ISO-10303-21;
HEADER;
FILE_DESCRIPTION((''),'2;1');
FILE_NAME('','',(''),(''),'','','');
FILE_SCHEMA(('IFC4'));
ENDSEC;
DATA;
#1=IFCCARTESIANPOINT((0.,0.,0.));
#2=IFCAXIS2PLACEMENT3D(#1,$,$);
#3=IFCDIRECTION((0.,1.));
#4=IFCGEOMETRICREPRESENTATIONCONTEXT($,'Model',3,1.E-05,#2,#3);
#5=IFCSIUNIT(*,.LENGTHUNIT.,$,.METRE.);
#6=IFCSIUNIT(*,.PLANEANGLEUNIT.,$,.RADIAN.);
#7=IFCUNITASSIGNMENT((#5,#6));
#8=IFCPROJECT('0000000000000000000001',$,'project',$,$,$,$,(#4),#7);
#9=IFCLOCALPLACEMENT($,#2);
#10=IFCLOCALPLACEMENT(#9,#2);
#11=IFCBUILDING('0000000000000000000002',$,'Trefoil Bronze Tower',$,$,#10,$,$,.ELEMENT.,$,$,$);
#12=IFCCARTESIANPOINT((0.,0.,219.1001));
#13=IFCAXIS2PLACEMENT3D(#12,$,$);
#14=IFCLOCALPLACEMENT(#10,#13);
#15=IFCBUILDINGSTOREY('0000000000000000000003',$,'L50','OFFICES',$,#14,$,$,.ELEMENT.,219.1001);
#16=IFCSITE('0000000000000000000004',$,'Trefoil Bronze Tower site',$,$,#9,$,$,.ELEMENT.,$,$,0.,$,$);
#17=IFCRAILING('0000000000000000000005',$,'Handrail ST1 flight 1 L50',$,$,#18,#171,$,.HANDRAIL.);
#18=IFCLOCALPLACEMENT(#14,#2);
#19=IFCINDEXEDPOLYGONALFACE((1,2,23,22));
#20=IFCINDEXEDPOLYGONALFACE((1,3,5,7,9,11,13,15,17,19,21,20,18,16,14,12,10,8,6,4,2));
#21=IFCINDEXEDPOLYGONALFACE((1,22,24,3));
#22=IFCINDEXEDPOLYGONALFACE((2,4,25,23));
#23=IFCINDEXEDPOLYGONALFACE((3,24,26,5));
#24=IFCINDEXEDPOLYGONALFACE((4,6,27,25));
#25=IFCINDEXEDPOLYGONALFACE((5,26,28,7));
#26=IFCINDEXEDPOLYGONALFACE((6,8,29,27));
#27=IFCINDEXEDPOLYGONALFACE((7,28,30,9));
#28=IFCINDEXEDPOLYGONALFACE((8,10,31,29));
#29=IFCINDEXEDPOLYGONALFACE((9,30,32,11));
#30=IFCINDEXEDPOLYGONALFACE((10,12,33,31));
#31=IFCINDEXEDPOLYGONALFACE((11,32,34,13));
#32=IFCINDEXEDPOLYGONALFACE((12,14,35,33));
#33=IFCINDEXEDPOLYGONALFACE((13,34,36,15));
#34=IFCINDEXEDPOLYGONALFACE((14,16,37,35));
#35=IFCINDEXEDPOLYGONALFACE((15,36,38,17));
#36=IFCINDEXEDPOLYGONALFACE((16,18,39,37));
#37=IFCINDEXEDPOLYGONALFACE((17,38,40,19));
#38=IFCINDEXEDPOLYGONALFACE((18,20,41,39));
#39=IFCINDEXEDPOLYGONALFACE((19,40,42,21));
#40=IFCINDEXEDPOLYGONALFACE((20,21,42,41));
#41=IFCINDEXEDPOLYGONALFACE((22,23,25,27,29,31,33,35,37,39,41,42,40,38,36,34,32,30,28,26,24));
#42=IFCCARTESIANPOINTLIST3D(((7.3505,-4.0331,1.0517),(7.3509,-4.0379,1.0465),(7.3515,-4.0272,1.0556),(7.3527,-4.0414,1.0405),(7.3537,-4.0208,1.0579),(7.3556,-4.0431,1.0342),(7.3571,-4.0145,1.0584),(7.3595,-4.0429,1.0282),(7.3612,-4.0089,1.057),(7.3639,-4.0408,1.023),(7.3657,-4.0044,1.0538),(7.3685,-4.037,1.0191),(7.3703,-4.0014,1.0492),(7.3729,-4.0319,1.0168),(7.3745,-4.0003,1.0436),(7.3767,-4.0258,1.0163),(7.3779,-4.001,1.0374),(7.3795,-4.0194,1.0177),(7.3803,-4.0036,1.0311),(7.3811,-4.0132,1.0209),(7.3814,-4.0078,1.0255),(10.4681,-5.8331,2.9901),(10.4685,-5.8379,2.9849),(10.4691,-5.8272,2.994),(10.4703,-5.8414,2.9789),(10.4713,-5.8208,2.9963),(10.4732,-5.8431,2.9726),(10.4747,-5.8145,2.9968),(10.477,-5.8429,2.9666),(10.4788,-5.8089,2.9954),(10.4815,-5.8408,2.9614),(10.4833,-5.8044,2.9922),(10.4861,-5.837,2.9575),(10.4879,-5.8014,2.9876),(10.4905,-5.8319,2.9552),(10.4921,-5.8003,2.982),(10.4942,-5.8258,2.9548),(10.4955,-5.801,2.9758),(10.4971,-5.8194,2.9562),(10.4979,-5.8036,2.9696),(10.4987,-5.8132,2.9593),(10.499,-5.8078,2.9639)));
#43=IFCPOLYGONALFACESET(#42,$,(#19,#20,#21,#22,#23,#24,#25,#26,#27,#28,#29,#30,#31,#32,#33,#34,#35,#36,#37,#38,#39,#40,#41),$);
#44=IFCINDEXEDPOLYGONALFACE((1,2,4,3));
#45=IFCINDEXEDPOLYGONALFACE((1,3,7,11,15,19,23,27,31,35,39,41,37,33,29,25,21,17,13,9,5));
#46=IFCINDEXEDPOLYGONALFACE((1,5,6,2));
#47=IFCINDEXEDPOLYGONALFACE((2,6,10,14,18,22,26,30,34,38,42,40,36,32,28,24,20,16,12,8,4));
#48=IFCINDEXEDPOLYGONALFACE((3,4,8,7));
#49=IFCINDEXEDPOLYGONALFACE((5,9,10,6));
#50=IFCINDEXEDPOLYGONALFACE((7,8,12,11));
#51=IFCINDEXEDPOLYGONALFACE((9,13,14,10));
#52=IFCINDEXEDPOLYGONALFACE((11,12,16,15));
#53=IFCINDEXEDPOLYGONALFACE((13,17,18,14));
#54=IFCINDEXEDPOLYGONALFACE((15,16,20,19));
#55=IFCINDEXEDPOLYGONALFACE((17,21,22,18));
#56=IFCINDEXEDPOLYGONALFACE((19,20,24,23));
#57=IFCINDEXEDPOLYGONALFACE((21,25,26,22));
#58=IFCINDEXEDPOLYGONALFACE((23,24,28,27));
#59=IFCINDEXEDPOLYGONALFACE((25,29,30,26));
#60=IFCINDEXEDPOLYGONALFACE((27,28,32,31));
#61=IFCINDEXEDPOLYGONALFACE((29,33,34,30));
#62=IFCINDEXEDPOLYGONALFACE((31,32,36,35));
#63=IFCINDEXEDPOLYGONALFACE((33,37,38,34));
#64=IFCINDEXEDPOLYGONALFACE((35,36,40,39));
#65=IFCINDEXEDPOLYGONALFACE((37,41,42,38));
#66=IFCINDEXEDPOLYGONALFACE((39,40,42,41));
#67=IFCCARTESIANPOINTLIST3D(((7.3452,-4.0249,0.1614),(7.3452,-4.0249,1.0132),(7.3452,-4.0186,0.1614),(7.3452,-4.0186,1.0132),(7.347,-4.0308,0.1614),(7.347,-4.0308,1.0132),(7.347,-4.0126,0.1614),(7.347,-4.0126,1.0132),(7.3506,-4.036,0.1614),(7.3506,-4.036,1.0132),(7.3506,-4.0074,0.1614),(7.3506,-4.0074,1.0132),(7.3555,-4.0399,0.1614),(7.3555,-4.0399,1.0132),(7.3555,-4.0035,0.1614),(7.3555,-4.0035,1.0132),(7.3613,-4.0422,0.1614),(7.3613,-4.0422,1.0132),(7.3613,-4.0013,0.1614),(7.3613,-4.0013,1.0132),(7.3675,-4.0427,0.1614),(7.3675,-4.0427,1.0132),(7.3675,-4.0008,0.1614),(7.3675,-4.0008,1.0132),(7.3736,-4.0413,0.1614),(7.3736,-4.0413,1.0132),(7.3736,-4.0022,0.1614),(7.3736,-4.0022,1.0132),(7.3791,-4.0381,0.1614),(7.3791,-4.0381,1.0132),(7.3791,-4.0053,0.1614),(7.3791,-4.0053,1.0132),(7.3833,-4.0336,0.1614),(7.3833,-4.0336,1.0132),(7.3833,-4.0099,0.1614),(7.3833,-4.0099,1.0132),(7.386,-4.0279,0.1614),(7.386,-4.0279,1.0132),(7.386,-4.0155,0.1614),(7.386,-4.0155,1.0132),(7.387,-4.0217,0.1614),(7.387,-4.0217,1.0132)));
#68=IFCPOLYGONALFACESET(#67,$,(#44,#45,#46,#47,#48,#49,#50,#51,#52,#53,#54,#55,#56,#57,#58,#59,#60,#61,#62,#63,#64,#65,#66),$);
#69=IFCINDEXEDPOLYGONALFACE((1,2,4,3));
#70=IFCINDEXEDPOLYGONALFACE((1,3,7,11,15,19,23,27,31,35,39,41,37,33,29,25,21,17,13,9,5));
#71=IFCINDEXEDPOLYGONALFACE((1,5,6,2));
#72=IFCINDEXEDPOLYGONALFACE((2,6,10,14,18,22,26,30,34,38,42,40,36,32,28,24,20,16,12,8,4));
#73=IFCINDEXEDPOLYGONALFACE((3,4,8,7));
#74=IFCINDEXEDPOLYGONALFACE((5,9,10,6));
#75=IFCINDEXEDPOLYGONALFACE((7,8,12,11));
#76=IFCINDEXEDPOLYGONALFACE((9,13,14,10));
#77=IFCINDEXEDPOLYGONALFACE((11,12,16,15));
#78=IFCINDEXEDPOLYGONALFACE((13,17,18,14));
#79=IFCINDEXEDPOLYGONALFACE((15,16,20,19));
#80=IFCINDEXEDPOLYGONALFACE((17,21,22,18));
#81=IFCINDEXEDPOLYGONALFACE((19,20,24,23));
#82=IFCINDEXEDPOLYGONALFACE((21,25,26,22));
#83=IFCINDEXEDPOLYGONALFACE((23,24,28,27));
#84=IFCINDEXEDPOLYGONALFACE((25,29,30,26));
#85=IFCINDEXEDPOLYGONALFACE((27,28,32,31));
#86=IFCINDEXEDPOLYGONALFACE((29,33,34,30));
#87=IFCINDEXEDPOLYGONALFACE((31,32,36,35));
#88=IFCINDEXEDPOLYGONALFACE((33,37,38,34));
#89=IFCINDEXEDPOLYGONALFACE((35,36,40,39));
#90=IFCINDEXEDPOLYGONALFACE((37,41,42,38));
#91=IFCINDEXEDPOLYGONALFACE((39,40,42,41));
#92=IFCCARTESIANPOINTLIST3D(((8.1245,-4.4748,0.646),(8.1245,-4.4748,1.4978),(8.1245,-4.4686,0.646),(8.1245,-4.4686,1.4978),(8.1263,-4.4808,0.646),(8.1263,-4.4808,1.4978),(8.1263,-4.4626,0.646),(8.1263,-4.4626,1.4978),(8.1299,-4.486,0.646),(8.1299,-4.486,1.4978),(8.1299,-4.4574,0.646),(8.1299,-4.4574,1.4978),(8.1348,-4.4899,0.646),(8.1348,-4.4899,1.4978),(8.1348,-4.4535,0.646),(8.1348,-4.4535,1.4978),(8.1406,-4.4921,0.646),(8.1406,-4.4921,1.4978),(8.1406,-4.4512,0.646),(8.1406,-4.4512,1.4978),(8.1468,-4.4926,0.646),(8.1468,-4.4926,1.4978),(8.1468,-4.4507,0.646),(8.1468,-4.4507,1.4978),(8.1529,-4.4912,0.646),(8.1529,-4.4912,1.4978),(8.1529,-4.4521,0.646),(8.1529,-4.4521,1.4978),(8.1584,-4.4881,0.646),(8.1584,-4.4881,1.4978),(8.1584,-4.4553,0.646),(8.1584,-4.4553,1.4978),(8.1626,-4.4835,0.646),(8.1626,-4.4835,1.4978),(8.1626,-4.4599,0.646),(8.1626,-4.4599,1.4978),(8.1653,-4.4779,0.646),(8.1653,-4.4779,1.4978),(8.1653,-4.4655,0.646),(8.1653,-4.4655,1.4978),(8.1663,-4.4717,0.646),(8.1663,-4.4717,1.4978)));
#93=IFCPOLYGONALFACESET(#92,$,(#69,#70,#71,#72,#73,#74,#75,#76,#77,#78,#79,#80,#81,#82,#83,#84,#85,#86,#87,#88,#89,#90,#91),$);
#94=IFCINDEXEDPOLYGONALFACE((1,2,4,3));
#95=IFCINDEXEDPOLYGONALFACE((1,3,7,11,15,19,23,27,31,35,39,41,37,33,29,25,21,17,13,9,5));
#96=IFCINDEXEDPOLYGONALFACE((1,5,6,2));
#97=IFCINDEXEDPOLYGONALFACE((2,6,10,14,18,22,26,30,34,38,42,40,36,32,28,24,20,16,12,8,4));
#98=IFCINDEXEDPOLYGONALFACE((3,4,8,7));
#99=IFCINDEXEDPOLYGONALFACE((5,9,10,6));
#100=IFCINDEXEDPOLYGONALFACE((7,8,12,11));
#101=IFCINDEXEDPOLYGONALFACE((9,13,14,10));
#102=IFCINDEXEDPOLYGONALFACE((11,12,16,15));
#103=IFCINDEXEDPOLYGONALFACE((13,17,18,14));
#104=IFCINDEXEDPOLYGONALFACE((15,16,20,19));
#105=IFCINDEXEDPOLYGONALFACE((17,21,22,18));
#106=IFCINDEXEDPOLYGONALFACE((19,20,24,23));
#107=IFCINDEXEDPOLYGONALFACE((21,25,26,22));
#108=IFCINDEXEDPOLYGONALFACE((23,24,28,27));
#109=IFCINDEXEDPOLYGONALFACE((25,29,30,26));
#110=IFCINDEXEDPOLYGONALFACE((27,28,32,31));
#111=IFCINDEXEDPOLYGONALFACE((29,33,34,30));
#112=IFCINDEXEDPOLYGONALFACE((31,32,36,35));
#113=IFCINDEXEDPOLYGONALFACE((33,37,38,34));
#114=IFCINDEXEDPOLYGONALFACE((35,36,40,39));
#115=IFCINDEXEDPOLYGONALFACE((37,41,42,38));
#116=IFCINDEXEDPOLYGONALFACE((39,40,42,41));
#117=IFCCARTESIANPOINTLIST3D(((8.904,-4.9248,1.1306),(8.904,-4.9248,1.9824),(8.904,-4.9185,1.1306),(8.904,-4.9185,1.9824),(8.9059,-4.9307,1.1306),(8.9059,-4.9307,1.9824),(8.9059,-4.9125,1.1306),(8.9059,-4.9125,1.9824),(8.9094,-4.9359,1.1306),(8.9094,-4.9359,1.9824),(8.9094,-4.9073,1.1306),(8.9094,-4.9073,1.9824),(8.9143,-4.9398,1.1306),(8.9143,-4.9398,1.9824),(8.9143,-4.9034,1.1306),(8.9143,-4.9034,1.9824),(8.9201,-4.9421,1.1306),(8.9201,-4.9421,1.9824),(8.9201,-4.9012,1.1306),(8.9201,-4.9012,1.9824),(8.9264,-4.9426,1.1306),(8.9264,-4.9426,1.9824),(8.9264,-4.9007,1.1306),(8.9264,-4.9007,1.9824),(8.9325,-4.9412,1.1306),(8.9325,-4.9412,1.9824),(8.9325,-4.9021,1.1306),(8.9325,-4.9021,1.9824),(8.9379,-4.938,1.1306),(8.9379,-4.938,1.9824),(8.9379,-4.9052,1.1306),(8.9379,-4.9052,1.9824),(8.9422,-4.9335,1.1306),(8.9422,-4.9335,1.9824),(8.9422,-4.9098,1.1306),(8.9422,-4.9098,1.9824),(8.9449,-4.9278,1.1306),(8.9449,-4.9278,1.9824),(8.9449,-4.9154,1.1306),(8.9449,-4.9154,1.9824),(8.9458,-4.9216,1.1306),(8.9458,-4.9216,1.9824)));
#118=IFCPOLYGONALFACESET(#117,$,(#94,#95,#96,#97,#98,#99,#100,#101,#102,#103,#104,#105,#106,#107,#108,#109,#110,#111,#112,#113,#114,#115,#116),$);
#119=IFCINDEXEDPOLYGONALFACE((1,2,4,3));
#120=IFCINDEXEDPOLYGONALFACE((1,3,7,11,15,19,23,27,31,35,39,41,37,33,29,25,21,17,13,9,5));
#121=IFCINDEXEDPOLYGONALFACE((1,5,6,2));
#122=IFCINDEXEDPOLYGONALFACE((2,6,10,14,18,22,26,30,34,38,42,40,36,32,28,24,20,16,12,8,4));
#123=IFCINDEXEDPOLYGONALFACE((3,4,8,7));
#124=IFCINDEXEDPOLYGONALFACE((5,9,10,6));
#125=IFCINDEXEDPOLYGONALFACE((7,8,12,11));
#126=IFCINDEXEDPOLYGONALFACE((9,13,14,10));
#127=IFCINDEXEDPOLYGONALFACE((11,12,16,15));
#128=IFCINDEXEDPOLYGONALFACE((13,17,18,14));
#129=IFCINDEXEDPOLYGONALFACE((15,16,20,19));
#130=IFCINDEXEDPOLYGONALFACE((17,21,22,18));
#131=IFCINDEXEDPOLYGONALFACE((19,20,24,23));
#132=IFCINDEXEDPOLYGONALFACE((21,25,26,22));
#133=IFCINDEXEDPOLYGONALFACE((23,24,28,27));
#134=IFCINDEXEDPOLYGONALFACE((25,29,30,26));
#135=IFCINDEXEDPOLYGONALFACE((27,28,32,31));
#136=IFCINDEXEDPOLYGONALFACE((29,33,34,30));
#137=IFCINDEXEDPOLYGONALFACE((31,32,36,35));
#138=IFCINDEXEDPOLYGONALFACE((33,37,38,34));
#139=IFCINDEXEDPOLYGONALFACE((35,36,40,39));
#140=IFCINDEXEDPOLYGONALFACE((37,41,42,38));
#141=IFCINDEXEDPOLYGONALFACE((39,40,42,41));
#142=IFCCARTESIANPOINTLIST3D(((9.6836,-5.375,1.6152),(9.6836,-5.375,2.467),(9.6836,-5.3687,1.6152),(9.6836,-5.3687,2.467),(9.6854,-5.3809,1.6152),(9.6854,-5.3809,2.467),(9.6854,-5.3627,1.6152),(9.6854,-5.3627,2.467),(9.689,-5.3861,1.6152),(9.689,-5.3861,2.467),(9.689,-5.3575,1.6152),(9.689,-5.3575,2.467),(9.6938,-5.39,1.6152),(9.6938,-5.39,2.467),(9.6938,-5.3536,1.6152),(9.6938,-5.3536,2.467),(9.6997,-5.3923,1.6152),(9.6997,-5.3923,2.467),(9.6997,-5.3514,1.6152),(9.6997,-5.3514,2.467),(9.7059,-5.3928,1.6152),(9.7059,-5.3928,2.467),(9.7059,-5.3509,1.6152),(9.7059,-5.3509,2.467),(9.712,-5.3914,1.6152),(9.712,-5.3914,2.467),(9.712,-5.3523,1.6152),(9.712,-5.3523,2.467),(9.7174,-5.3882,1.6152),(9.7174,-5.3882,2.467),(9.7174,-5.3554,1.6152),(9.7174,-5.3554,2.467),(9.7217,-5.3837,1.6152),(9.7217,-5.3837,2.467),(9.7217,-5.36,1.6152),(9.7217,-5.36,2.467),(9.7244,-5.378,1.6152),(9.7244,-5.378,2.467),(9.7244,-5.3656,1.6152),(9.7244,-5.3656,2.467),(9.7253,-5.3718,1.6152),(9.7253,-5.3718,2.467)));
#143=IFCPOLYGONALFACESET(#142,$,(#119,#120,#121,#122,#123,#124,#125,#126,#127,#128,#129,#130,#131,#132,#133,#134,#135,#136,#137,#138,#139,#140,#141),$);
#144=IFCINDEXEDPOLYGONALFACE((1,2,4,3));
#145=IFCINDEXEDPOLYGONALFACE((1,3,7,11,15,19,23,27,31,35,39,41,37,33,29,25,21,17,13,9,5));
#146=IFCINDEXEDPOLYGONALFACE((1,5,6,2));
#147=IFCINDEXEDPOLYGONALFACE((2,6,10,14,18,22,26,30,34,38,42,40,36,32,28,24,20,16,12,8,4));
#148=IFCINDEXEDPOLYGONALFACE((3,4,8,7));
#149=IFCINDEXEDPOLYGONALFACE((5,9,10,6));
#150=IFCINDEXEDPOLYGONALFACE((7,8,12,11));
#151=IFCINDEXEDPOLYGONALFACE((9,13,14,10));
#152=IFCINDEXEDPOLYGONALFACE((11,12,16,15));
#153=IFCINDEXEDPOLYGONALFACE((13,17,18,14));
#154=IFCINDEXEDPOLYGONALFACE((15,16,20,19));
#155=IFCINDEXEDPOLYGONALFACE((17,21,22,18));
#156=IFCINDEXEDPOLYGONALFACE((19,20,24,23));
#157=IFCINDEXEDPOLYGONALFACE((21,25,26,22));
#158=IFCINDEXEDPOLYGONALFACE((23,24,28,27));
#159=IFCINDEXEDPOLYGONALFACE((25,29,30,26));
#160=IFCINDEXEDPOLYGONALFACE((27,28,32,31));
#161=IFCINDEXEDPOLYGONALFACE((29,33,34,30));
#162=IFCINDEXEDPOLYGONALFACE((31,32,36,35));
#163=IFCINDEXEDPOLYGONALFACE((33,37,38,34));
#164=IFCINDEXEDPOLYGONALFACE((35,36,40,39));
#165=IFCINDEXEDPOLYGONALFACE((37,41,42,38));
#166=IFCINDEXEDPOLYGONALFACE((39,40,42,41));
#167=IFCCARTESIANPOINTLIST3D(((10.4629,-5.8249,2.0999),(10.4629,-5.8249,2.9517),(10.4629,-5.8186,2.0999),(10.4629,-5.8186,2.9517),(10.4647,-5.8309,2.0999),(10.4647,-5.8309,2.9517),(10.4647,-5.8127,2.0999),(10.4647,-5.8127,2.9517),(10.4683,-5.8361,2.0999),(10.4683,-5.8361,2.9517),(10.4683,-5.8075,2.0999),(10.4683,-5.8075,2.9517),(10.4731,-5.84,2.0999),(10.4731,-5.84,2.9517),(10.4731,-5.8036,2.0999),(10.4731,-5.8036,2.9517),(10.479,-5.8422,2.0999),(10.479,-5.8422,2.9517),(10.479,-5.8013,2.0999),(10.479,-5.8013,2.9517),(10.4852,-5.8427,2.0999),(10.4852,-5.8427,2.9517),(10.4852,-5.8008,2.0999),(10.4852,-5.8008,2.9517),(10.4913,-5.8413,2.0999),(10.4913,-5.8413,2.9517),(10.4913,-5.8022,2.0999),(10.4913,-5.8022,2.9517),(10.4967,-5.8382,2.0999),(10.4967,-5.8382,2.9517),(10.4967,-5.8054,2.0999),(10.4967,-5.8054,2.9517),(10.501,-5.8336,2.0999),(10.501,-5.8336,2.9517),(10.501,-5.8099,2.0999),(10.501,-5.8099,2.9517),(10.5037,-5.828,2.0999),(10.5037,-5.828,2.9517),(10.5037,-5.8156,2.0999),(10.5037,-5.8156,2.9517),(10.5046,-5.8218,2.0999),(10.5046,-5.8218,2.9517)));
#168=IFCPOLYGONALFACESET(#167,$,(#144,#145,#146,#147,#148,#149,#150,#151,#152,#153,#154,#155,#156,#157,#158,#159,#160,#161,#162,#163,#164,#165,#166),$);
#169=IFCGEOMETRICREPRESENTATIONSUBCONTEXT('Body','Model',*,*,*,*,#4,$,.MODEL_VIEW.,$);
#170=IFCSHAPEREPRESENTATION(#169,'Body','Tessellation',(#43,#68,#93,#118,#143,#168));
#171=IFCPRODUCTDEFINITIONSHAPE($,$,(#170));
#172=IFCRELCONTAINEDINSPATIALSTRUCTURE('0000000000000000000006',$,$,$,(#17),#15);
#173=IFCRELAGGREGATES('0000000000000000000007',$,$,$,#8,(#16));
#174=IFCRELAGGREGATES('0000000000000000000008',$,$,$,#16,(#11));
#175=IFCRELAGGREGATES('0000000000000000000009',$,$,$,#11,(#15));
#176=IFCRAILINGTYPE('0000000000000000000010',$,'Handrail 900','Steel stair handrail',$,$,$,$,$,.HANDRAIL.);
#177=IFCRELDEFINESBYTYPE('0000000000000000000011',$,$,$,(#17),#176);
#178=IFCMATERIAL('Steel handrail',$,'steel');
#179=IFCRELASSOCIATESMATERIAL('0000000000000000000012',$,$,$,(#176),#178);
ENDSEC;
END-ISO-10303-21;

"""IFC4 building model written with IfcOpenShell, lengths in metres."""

from ifc_helpers import new_model, si_unit, direction, frame, origin, origin_2d, place, context, subcontext, project, spatial, circle, extrude, material, type_object, element, save


model = new_model("IFC4")

# Units and contexts
model_context = context("Model", 3, precision=1e-05, world=origin(), true_north=direction((0.0, 1.0)))
body_context = subcontext(model_context, "Body", "Model", "MODEL_VIEW")
ifc_project = project(units=[si_unit("LENGTHUNIT", "METRE"), si_unit("PLANEANGLEUNIT", "RADIAN")], contexts=[model_context])

# Site, building, storey
site_placement = place(None, origin())
site = spatial("IfcSite", under=ifc_project, at=site_placement, Name="Trefoil Bronze Tower site", CompositionType="ELEMENT", RefElevation=0.0)
building_placement = place(site_placement, origin())
building = spatial("IfcBuilding", under=site, at=building_placement, Name="Trefoil Bronze Tower", CompositionType="ELEMENT")
storey_placement = place(building_placement, frame((0.0, 0.0, 219.1001)))
storey = spatial("IfcBuildingStorey", under=building, at=storey_placement, Name="L50", Description="OFFICES", CompositionType="ELEMENT", Elevation=219.1001)

# Railing
ifc_material_1 = material(Name="Steel handrail", Category="steel")
railing_type = type_object("IfcRailingType", Name="Handrail 900", Description="Steel stair handrail", PredefinedType="HANDRAIL", material=ifc_material_1)
railing_1_placement = place(storey_placement, frame((7.366, -4.0217, 0.1614)))
element("IfcRailing", 1, at=railing_1_placement, inside=storey, type_object=railing_type, Name="Handrail ST1 flight 1 L50", PredefinedType="HANDRAIL", context=body_context, shape_type="SweptSolid", body=[
    extrude(circle(Radius=0.0239, at=origin_2d()), frame((0.0, 0.0, 0.876), z_axis=(0.762503, -0.440246, 0.474102), x_axis=(0.500012, 0.866018, 0.0)), (0.0, 0.0, 1.0), 4.0886),
    extrude(circle(Radius=0.021, at=origin_2d()), origin(), (0.0, 0.0, 1.0), 0.8518),
    extrude(circle(Radius=0.021, at=origin_2d()), frame((0.7793, -0.45, 0.4846)), (0.0, 0.0, 1.0), 0.8518),
    extrude(circle(Radius=0.021, at=origin_2d()), frame((1.5588, -0.8999, 0.9692)), (0.0, 0.0, 1.0), 0.8518),
    extrude(circle(Radius=0.021, at=origin_2d()), frame((2.3384, -1.3501, 1.4539)), (0.0, 0.0, 1.0), 0.8518),
    extrude(circle(Radius=0.021, at=origin_2d()), frame((3.1177, -1.8, 1.9385)), (0.0, 0.0, 1.0), 0.8518),
])

save(model, "model.ifc")
